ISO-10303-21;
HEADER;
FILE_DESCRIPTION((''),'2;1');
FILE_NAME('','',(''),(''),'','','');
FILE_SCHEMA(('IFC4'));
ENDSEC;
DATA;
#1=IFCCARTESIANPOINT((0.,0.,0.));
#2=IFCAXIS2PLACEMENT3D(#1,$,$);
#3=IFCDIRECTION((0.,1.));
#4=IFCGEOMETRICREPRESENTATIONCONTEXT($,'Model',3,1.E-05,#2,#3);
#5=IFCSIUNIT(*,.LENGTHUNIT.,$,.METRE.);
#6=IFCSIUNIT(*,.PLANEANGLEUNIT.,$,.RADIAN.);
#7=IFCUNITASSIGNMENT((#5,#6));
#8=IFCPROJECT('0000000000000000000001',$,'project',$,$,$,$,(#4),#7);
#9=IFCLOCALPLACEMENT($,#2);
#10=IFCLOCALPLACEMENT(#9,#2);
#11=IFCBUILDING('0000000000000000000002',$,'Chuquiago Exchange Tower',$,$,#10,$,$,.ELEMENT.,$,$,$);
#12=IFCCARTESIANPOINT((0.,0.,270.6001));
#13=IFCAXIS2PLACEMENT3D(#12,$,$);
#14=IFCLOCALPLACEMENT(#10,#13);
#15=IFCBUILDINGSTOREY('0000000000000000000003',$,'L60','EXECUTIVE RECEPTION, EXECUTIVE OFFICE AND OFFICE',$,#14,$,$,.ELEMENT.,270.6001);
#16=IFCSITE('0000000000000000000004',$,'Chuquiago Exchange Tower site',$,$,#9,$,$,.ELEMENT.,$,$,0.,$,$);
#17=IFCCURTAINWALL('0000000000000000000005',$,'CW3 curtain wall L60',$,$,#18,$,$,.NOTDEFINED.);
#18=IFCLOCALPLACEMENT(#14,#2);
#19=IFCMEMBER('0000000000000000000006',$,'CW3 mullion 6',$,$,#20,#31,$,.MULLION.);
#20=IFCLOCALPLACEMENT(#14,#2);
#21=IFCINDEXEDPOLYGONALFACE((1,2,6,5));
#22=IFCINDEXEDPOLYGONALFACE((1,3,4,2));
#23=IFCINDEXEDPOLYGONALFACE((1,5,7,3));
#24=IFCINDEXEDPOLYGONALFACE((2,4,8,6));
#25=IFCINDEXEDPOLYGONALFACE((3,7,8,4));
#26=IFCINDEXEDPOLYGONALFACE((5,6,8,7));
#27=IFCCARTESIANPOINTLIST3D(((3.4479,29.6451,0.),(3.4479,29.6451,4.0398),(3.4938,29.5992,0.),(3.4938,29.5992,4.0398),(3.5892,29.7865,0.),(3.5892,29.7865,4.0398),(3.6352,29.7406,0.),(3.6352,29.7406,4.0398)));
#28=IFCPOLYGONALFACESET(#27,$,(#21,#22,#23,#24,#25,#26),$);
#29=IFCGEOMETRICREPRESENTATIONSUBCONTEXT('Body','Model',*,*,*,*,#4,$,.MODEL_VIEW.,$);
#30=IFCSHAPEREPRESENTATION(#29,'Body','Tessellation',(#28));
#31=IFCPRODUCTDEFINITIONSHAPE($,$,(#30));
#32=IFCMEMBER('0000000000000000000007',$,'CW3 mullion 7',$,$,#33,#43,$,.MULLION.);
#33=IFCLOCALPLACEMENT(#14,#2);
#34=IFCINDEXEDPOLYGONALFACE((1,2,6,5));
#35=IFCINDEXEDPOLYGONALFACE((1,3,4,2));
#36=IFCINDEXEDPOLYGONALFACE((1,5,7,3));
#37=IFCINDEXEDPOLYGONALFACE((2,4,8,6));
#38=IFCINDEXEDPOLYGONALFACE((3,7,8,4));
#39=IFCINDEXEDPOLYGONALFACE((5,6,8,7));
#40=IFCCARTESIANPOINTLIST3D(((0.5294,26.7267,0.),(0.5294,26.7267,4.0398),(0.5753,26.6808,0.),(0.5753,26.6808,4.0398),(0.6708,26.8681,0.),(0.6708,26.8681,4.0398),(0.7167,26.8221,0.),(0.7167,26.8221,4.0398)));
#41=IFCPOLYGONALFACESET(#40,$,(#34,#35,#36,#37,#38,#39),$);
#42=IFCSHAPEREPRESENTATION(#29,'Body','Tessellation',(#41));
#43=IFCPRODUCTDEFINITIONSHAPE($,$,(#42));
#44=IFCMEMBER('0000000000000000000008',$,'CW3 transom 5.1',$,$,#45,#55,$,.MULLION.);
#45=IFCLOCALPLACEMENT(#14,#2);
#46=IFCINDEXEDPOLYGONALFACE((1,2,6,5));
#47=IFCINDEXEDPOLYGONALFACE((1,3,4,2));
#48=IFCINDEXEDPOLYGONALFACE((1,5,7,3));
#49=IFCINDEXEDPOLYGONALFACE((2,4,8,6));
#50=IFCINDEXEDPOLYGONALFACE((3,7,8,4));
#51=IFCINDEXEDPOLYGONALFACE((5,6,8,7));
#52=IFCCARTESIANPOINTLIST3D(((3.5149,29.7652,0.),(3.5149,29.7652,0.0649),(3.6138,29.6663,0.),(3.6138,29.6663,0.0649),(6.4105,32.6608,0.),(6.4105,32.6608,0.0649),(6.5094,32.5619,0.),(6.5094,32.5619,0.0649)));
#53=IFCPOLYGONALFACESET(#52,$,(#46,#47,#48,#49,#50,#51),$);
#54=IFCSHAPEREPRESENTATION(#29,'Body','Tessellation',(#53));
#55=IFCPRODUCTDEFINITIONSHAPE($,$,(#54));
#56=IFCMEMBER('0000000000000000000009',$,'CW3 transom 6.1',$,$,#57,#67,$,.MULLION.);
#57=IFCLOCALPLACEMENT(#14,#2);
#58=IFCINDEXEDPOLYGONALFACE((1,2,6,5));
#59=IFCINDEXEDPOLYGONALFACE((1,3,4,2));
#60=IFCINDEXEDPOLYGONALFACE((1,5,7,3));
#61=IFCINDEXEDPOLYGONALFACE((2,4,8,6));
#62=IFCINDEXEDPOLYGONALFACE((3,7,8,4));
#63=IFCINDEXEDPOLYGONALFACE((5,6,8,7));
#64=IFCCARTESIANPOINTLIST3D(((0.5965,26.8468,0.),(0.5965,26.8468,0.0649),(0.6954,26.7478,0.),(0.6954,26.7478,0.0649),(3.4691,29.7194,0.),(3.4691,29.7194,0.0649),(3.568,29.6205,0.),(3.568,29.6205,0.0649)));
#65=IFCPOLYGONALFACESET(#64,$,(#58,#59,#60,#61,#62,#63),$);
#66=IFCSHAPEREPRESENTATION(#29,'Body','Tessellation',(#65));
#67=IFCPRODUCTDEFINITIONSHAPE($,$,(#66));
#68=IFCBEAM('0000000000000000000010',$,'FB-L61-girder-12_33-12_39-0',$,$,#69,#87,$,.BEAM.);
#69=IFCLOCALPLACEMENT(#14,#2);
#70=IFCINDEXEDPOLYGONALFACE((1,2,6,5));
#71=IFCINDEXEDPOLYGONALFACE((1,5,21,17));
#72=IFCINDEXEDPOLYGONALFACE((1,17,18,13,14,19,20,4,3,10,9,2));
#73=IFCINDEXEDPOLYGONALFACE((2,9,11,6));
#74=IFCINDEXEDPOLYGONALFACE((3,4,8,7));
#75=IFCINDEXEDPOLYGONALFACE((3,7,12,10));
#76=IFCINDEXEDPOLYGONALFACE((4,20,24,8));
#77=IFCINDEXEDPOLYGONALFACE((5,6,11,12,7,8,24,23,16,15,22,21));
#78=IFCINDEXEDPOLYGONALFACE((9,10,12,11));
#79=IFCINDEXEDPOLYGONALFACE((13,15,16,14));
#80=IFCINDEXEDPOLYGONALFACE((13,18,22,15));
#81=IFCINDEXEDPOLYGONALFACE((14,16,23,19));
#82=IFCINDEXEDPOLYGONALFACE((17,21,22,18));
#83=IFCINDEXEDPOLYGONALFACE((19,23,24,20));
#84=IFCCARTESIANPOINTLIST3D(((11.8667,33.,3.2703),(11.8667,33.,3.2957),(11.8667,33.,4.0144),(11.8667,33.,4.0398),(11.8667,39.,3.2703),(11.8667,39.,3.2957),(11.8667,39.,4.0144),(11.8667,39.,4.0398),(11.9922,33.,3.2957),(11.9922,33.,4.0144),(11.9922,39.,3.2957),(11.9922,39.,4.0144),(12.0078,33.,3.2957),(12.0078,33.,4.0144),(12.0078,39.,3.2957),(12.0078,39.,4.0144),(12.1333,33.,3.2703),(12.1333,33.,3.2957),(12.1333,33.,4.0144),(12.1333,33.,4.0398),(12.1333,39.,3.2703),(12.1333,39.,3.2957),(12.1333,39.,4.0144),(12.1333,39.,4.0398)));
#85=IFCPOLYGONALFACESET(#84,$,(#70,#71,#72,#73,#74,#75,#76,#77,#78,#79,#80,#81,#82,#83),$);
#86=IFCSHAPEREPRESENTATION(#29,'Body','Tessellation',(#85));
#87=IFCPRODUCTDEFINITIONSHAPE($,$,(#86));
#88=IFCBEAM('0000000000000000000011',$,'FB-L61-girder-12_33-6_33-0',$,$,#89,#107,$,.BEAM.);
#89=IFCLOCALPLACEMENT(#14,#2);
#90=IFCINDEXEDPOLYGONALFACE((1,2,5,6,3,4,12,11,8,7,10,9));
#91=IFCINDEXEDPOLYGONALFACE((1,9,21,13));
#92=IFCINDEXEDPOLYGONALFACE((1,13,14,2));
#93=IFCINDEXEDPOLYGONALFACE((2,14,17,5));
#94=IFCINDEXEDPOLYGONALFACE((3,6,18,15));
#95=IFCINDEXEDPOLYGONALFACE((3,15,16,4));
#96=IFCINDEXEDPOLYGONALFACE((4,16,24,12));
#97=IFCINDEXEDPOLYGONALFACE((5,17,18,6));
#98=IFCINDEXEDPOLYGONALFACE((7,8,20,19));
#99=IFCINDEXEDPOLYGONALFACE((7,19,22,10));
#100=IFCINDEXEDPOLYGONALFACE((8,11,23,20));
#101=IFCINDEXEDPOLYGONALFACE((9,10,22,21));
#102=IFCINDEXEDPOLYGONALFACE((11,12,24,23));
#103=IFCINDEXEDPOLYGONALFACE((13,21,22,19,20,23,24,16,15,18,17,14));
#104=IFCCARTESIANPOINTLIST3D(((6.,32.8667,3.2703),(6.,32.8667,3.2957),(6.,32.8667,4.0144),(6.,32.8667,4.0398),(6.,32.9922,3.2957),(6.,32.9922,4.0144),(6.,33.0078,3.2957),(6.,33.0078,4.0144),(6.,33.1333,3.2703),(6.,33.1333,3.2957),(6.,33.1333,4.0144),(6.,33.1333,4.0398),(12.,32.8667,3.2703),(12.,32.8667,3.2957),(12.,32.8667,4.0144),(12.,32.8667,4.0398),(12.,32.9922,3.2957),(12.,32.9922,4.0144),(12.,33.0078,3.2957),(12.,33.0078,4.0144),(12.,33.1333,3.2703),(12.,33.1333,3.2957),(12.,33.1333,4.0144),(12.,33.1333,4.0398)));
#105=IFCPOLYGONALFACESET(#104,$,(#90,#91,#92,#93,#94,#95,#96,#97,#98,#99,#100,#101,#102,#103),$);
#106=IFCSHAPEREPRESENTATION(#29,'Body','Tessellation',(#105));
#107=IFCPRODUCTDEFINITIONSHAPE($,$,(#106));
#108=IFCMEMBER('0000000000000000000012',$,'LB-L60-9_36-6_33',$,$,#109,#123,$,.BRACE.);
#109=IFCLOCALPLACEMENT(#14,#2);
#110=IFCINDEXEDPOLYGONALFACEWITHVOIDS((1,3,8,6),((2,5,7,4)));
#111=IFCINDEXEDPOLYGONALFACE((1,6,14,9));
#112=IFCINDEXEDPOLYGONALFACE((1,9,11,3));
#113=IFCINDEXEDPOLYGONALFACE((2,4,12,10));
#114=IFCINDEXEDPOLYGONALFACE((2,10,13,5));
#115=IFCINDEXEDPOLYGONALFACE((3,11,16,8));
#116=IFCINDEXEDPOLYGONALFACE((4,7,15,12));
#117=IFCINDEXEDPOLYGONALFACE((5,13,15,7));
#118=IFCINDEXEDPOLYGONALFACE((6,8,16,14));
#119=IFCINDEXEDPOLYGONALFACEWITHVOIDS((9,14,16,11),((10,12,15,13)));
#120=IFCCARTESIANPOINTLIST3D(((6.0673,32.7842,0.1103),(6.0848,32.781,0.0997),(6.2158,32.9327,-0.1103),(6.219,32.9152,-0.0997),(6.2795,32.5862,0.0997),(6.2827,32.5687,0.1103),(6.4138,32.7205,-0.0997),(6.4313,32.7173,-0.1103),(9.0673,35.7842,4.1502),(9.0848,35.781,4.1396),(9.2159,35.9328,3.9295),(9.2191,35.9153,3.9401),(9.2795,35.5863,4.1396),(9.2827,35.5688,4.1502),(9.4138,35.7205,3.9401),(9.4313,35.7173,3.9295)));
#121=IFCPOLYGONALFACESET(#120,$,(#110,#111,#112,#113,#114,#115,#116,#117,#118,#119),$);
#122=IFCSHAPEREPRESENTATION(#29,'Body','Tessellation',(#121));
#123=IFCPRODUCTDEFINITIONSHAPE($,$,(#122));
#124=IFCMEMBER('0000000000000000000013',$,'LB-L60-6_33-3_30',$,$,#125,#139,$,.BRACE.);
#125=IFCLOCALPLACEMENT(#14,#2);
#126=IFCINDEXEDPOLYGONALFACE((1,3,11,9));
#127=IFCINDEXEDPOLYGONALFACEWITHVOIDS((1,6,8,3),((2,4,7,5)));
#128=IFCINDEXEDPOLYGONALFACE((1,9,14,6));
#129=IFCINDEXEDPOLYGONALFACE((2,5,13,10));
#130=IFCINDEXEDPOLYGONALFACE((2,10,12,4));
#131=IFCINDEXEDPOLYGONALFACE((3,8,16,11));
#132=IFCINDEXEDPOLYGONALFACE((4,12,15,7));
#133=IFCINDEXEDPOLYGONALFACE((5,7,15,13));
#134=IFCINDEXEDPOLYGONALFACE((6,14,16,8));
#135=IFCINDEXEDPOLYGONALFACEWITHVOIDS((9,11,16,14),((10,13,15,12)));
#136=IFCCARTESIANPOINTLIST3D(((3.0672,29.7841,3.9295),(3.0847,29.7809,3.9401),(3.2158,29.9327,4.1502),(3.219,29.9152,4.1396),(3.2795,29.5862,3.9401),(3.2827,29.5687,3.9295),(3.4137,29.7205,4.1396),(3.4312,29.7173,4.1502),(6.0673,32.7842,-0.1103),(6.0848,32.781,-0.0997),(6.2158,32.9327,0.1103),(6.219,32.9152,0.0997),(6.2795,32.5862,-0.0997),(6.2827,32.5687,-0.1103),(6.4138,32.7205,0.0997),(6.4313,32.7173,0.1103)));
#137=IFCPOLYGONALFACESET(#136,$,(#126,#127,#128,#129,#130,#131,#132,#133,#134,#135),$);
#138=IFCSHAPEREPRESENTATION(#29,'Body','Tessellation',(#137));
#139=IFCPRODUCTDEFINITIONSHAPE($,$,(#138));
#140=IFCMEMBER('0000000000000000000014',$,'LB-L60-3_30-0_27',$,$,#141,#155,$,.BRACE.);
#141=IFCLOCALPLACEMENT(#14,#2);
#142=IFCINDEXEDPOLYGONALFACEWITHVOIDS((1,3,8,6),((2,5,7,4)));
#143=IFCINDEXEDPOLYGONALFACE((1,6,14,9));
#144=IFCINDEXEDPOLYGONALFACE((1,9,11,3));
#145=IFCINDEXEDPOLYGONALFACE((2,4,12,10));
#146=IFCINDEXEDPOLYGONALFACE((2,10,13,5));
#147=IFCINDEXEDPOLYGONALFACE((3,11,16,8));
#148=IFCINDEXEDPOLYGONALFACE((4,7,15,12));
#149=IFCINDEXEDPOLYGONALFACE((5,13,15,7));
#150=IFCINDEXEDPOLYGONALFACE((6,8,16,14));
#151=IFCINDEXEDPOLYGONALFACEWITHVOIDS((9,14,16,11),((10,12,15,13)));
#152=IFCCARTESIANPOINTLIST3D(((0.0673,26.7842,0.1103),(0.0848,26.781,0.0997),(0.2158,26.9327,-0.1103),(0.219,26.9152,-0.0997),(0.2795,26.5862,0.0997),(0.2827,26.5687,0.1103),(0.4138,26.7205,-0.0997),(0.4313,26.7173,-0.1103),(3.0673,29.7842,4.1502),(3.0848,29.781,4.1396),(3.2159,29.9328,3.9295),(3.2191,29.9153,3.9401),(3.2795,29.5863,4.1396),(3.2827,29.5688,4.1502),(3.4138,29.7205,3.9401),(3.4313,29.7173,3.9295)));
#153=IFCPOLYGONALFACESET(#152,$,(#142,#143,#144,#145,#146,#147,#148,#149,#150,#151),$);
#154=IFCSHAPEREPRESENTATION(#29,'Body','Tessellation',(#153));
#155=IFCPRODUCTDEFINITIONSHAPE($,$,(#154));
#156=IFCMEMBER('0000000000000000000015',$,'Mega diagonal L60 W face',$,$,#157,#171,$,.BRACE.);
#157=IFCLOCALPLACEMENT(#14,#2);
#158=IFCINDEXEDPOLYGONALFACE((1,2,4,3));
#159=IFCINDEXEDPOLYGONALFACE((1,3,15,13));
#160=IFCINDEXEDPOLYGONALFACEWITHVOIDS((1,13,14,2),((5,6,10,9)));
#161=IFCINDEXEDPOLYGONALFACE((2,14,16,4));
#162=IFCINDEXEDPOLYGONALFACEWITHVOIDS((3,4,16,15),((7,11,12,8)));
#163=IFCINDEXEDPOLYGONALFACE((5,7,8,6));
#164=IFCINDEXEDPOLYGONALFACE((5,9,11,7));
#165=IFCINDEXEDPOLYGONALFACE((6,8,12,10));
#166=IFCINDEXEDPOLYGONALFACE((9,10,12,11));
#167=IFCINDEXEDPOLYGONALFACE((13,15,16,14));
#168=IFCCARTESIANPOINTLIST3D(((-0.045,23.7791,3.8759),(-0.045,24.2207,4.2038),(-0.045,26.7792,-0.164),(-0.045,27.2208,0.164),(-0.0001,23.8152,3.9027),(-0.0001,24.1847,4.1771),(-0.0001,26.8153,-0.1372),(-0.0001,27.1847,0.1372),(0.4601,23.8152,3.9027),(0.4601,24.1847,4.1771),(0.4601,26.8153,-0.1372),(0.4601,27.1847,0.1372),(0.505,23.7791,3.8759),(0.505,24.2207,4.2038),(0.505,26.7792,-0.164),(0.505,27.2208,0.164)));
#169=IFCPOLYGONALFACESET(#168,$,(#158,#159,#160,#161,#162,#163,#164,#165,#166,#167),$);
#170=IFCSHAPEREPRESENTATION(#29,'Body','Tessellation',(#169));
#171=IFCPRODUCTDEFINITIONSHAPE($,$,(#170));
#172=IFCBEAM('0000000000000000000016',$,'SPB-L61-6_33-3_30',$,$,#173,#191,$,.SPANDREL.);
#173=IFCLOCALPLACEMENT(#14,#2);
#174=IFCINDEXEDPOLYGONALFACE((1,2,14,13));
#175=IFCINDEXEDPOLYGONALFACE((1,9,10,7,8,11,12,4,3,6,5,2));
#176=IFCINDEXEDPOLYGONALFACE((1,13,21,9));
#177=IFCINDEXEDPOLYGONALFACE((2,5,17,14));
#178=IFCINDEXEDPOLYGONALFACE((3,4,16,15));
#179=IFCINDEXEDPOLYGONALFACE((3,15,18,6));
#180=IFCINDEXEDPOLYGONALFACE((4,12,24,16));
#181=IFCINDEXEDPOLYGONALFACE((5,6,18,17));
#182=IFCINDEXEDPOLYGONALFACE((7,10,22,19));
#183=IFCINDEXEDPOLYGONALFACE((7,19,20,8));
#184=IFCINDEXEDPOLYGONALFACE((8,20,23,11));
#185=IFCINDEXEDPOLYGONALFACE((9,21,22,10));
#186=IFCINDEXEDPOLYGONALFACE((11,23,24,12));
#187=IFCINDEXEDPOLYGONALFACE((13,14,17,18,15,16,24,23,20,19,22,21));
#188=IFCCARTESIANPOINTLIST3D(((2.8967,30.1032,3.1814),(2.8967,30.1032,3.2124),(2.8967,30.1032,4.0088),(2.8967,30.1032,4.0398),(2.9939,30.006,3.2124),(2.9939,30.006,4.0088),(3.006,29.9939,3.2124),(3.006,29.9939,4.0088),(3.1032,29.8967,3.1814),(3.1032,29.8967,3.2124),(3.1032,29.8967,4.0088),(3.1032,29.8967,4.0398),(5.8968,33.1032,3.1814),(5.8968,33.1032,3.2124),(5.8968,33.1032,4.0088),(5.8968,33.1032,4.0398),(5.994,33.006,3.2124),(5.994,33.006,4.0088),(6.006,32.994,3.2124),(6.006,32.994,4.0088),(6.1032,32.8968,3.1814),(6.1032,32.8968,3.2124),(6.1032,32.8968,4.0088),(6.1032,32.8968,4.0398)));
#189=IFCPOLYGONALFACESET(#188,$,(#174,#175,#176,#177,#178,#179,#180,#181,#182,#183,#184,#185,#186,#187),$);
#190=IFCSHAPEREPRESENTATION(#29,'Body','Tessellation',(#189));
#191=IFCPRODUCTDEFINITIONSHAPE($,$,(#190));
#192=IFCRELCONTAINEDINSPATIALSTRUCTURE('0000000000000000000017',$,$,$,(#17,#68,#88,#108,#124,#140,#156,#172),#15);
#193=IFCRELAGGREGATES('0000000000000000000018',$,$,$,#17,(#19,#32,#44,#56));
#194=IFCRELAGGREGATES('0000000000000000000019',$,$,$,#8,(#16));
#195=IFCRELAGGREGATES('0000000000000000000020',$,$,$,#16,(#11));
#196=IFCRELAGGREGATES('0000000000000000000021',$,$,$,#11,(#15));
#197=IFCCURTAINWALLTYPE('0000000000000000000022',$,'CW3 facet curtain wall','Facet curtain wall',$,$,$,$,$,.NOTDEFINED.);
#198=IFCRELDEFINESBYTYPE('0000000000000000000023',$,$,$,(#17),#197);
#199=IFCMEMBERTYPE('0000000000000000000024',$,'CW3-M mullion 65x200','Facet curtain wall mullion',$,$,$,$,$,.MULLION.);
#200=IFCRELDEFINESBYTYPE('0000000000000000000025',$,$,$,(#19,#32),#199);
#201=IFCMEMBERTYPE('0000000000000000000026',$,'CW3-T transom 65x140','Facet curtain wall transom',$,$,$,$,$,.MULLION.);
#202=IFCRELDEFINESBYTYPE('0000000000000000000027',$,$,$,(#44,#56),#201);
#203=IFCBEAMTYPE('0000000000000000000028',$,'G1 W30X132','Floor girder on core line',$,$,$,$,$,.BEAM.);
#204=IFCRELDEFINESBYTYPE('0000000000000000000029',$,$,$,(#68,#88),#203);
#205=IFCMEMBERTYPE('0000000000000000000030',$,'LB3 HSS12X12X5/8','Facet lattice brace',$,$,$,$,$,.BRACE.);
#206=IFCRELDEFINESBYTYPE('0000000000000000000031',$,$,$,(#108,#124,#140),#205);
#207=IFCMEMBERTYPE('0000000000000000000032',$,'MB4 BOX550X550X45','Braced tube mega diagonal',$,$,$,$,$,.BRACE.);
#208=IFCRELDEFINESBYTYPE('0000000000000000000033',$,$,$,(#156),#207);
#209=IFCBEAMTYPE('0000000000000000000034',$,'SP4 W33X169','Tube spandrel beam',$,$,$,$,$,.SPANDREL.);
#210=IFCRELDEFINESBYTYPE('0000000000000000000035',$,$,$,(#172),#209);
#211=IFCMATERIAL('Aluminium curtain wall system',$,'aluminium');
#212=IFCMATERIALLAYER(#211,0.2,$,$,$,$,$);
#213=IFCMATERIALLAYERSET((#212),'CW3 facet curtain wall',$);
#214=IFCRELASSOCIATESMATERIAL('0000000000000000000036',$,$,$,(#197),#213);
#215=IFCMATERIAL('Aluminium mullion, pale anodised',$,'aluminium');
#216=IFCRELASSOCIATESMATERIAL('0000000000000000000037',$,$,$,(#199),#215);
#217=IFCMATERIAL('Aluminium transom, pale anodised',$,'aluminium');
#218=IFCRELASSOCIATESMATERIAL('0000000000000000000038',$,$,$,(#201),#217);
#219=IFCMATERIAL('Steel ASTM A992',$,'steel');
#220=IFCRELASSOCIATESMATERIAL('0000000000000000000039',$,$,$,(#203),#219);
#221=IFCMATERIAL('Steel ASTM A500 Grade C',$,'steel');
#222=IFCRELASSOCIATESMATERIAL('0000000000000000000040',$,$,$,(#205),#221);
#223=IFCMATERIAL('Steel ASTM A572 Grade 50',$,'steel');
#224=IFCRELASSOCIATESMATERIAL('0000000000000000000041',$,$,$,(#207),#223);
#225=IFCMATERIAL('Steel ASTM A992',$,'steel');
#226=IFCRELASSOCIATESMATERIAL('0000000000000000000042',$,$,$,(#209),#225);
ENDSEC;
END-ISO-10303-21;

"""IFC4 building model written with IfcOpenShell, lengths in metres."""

from ifc_helpers import new_model, si_unit, direction, frame, origin, origin_2d, place, context, subcontext, project, spatial, rectangle, hollow_rectangle, i_section, extrude, material, layer, layer_set, material_profile, profile_set, type_object, element, aggregate, save


model = new_model("IFC4")

# Units and contexts
model_context = context("Model", 3, precision=1e-05, world=origin(), true_north=direction((0.0, 1.0)))
body_context = subcontext(model_context, "Body", "Model", "MODEL_VIEW")
ifc_project = project(units=[si_unit("LENGTHUNIT", "METRE"), si_unit("PLANEANGLEUNIT", "RADIAN")], contexts=[model_context])

# Site, building, storey
site_placement = place(None, origin())
site = spatial("IfcSite", under=ifc_project, at=site_placement, Name="Chuquiago Exchange Tower site", CompositionType="ELEMENT", RefElevation=0.0)
building_placement = place(site_placement, origin())
building = spatial("IfcBuilding", under=site, at=building_placement, Name="Chuquiago Exchange Tower", CompositionType="ELEMENT")
storey_placement = place(building_placement, frame((0.0, 0.0, 270.6001)))
storey = spatial("IfcBuildingStorey", under=building, at=storey_placement, Name="L60", Description="EXECUTIVE RECEPTION, EXECUTIVE OFFICE AND OFFICE", CompositionType="ELEMENT", Elevation=270.6001)

# Curtain wall, members
ifc_material_1 = material(Name="Aluminium curtain wall system", Category="aluminium")
ifc_layer_1 = layer(ifc_material_1, 0.2)
ifc_layer_set_1 = layer_set([ifc_layer_1], Name="CW3 facet curtain wall")
curtain_wall_type_1 = type_object("IfcCurtainWallType", Name="CW3 facet curtain wall", Description="Facet curtain wall", PredefinedType="NOTDEFINED", material=ifc_layer_set_1)
curtain_wall_1_placement = place(storey_placement, origin())
curtain_wall_1 = element("IfcCurtainWall", 1, at=curtain_wall_1_placement, inside=storey, type_object=curtain_wall_type_1, Name="CW3 curtain wall L60", PredefinedType="NOTDEFINED")
ifc_material_2 = material(Name="Aluminium mullion, pale anodised", Category="aluminium")
ifc_material_profile_1 = material_profile(ifc_material_2, rectangle(XDim=0.0649, YDim=0.2, at=origin_2d()), Name="AL 65x200")
ifc_profile_set_1 = profile_set([ifc_material_profile_1], Name="Aluminium mullion, pale anodised")
member_type_1 = type_object("IfcMemberType", Name="CW3-M mullion 65x200", Description="Facet curtain wall mullion", PredefinedType="MULLION", material=ifc_profile_set_1)
member_1_placement = place(storey_placement, frame((3.5415, 29.6929, 0.0), z_axis=(0.0, 0.0, 1.0), x_axis=(0.707107, -0.707107, 0.0)))
member_1 = element("IfcMember", 2, at=member_1_placement, type_object=member_type_1, Name="CW3 mullion 6", PredefinedType="MULLION", context=body_context, shape_type="SweptSolid", body=[
    extrude(rectangle(XDim=0.0649, YDim=0.2, at=origin_2d()), origin(), (0.0, 0.0, 1.0), 4.0398),
])
member_2_placement = place(storey_placement, frame((0.623, 26.7744, 0.0), z_axis=(0.0, 0.0, 1.0), x_axis=(0.707107, -0.707107, 0.0)))
member_2 = element("IfcMember", 3, at=member_2_placement, type_object=member_type_1, Name="CW3 mullion 7", PredefinedType="MULLION", context=body_context, shape_type="SweptSolid", body=[
    extrude(rectangle(XDim=0.0649, YDim=0.2, at=origin_2d()), origin(), (0.0, 0.0, 1.0), 4.0398),
])
ifc_material_3 = material(Name="Aluminium transom, pale anodised", Category="aluminium")
ifc_material_profile_2 = material_profile(ifc_material_3, rectangle(XDim=0.1399, YDim=0.0649, at=origin_2d()), Name="AL 140x65")
ifc_profile_set_2 = profile_set([ifc_material_profile_2], Name="Aluminium transom, pale anodised")
member_type_2 = type_object("IfcMemberType", Name="CW3-T transom 65x140", Description="Facet curtain wall transom", PredefinedType="MULLION", material=ifc_profile_set_2)
member_3_placement = place(storey_placement, frame((6.46, 32.6113, 0.0325), z_axis=(-0.707107, -0.707107, 0.0), x_axis=(0.707107, -0.707107, 0.0)))
member_3 = element("IfcMember", 4, at=member_3_placement, type_object=member_type_2, Name="CW3 transom 5.1", PredefinedType="MULLION", context=body_context, shape_type="SweptSolid", body=[
    extrude(rectangle(XDim=0.1399, YDim=0.0649, at=origin_2d()), origin(), (0.0, 0.0, 1.0), 4.095),
])
member_4_placement = place(storey_placement, frame((3.5186, 29.6699, 0.0325), z_axis=(-0.707107, -0.707107, 0.0), x_axis=(0.707107, -0.707107, 0.0)))
member_4 = element("IfcMember", 5, at=member_4_placement, type_object=member_type_2, Name="CW3 transom 6.1", PredefinedType="MULLION", context=body_context, shape_type="SweptSolid", body=[
    extrude(rectangle(XDim=0.1399, YDim=0.0649, at=origin_2d()), origin(), (0.0, 0.0, 1.0), 4.0625),
])

# Beams
ifc_material_4 = material(Name="Steel ASTM A992", Category="steel")
ifc_material_profile_3 = material_profile(ifc_material_4, i_section(OverallWidth=0.2666, OverallDepth=0.7695, WebThickness=0.0156, FlangeThickness=0.0254, at=origin_2d()), Name="W30X132")
ifc_profile_set_3 = profile_set([ifc_material_profile_3], Name="Steel ASTM A992")
beam_type_1 = type_object("IfcBeamType", Name="G1 W30X132", Description="Floor girder on core line", PredefinedType="BEAM", material=ifc_profile_set_3)
for number, where, z_axis, x_axis, name in (
    (6, (12.0, 33.0, 3.655), (0.0, 1.0, 0.0), (-1.0, 0.0, 0.0), "FB-L61-girder-12_33-12_39-0"),
    (7, (12.0, 33.0, 3.655), (-1.0, 0.0, 0.0), (0.0, -1.0, 0.0), "FB-L61-girder-12_33-6_33-0"),
):
    element("IfcBeam", number, at=place(storey_placement, frame(where, z_axis=z_axis, x_axis=x_axis)), inside=storey, type_object=beam_type_1, Name=name, PredefinedType="BEAM", context=body_context, shape_type="SweptSolid", body=[
        extrude(i_section(OverallWidth=0.2666, OverallDepth=0.7695, WebThickness=0.0156, FlangeThickness=0.0254, at=origin_2d()), origin(), (0.0, 0.0, 1.0), 6.0),
    ])

# Members
ifc_material_5 = material(Name="Steel ASTM A500 Grade C", Category="steel")
ifc_material_profile_4 = material_profile(ifc_material_5, hollow_rectangle(XDim=0.3047, YDim=0.3047, WallThickness=0.0146, at=origin_2d()), Name="HSS12X12X5/8")
ifc_profile_set_4 = profile_set([ifc_material_profile_4], Name="Steel ASTM A500 Grade C")
member_type_3 = type_object("IfcMemberType", Name="LB3 HSS12X12X5/8", Description="Facet lattice brace", PredefinedType="BRACE", material=ifc_profile_set_4)
for number, where, z_axis, x_axis, name in (
    (8, (6.2493, 32.7507, 0.0), (0.512092, 0.512092, 0.689582), (-0.707107, 0.707107, 0.0), "LB-L60-9_36-6_33"),
    (9, (6.2493, 32.7507, 0.0), (-0.512092, -0.512092, 0.689582), (0.707107, -0.707107, 0.0), "LB-L60-6_33-3_30"),
    (10, (0.2493, 26.7507, 0.0), (0.512092, 0.512092, 0.689582), (-0.707107, 0.707107, 0.0), "LB-L60-3_30-0_27"),
):
    element("IfcMember", number, at=place(storey_placement, frame(where, z_axis=z_axis, x_axis=x_axis)), inside=storey, type_object=member_type_3, Name=name, PredefinedType="BRACE", context=body_context, shape_type="SweptSolid", body=[
        extrude(hollow_rectangle(XDim=0.3047, YDim=0.3047, WallThickness=0.0146, at=origin_2d()), origin(), (0.0, 0.0, 1.0), 5.8584),
    ])
ifc_material_6 = material(Name="Steel ASTM A572 Grade 50", Category="steel")
ifc_material_profile_5 = material_profile(ifc_material_6, hollow_rectangle(XDim=0.55, YDim=0.55, WallThickness=0.0449, at=origin_2d()), Name="BOX550X550X45")
ifc_profile_set_5 = profile_set([ifc_material_profile_5], Name="Steel ASTM A572 Grade 50")
member_type_4 = type_object("IfcMemberType", Name="MB4 BOX550X550X45", Description="Braced tube mega diagonal", PredefinedType="BRACE", material=ifc_profile_set_5)
member_5_placement = place(storey_placement, frame((0.23, 27.0, 0.0), z_axis=(0.0, -0.596197, 0.802838), x_axis=(1.0, 0.0, 0.0)))
element("IfcMember", 11, at=member_5_placement, inside=storey, type_object=member_type_4, Name="Mega diagonal L60 W face", PredefinedType="BRACE", context=body_context, shape_type="SweptSolid", body=[
    extrude(hollow_rectangle(XDim=0.55, YDim=0.55, WallThickness=0.0449, at=origin_2d()), origin(), (0.0, 0.0, 1.0), 5.032),
])

# Beam
ifc_material_7 = material(Name="Steel ASTM A992", Category="steel")
ifc_material_profile_6 = material_profile(ifc_material_7, i_section(OverallWidth=0.292, OverallDepth=0.8584, WebThickness=0.0171, FlangeThickness=0.031, at=origin_2d()), Name="W33X169")
ifc_profile_set_6 = profile_set([ifc_material_profile_6], Name="Steel ASTM A992")
beam_type_2 = type_object("IfcBeamType", Name="SP4 W33X169", Description="Tube spandrel beam", PredefinedType="SPANDREL", material=ifc_profile_set_6)
for number, where, z_axis, x_axis, name in (
    (12, (6.0, 33.0, 3.6106), (-0.707107, -0.707107, 0.0), (0.707107, -0.707107, 0.0), "SPB-L61-6_33-3_30"),
):
    element("IfcBeam", number, at=place(storey_placement, frame(where, z_axis=z_axis, x_axis=x_axis)), inside=storey, type_object=beam_type_2, Name=name, PredefinedType="SPANDREL", context=body_context, shape_type="SweptSolid", body=[
        extrude(i_section(OverallWidth=0.292, OverallDepth=0.8584, WebThickness=0.0171, FlangeThickness=0.031, at=origin_2d()), origin(), (0.0, 0.0, 1.0), 4.2427),
    ])

aggregate(curtain_wall_1, [member_1, member_2, member_3, member_4])

save(model, "model.ifc")
